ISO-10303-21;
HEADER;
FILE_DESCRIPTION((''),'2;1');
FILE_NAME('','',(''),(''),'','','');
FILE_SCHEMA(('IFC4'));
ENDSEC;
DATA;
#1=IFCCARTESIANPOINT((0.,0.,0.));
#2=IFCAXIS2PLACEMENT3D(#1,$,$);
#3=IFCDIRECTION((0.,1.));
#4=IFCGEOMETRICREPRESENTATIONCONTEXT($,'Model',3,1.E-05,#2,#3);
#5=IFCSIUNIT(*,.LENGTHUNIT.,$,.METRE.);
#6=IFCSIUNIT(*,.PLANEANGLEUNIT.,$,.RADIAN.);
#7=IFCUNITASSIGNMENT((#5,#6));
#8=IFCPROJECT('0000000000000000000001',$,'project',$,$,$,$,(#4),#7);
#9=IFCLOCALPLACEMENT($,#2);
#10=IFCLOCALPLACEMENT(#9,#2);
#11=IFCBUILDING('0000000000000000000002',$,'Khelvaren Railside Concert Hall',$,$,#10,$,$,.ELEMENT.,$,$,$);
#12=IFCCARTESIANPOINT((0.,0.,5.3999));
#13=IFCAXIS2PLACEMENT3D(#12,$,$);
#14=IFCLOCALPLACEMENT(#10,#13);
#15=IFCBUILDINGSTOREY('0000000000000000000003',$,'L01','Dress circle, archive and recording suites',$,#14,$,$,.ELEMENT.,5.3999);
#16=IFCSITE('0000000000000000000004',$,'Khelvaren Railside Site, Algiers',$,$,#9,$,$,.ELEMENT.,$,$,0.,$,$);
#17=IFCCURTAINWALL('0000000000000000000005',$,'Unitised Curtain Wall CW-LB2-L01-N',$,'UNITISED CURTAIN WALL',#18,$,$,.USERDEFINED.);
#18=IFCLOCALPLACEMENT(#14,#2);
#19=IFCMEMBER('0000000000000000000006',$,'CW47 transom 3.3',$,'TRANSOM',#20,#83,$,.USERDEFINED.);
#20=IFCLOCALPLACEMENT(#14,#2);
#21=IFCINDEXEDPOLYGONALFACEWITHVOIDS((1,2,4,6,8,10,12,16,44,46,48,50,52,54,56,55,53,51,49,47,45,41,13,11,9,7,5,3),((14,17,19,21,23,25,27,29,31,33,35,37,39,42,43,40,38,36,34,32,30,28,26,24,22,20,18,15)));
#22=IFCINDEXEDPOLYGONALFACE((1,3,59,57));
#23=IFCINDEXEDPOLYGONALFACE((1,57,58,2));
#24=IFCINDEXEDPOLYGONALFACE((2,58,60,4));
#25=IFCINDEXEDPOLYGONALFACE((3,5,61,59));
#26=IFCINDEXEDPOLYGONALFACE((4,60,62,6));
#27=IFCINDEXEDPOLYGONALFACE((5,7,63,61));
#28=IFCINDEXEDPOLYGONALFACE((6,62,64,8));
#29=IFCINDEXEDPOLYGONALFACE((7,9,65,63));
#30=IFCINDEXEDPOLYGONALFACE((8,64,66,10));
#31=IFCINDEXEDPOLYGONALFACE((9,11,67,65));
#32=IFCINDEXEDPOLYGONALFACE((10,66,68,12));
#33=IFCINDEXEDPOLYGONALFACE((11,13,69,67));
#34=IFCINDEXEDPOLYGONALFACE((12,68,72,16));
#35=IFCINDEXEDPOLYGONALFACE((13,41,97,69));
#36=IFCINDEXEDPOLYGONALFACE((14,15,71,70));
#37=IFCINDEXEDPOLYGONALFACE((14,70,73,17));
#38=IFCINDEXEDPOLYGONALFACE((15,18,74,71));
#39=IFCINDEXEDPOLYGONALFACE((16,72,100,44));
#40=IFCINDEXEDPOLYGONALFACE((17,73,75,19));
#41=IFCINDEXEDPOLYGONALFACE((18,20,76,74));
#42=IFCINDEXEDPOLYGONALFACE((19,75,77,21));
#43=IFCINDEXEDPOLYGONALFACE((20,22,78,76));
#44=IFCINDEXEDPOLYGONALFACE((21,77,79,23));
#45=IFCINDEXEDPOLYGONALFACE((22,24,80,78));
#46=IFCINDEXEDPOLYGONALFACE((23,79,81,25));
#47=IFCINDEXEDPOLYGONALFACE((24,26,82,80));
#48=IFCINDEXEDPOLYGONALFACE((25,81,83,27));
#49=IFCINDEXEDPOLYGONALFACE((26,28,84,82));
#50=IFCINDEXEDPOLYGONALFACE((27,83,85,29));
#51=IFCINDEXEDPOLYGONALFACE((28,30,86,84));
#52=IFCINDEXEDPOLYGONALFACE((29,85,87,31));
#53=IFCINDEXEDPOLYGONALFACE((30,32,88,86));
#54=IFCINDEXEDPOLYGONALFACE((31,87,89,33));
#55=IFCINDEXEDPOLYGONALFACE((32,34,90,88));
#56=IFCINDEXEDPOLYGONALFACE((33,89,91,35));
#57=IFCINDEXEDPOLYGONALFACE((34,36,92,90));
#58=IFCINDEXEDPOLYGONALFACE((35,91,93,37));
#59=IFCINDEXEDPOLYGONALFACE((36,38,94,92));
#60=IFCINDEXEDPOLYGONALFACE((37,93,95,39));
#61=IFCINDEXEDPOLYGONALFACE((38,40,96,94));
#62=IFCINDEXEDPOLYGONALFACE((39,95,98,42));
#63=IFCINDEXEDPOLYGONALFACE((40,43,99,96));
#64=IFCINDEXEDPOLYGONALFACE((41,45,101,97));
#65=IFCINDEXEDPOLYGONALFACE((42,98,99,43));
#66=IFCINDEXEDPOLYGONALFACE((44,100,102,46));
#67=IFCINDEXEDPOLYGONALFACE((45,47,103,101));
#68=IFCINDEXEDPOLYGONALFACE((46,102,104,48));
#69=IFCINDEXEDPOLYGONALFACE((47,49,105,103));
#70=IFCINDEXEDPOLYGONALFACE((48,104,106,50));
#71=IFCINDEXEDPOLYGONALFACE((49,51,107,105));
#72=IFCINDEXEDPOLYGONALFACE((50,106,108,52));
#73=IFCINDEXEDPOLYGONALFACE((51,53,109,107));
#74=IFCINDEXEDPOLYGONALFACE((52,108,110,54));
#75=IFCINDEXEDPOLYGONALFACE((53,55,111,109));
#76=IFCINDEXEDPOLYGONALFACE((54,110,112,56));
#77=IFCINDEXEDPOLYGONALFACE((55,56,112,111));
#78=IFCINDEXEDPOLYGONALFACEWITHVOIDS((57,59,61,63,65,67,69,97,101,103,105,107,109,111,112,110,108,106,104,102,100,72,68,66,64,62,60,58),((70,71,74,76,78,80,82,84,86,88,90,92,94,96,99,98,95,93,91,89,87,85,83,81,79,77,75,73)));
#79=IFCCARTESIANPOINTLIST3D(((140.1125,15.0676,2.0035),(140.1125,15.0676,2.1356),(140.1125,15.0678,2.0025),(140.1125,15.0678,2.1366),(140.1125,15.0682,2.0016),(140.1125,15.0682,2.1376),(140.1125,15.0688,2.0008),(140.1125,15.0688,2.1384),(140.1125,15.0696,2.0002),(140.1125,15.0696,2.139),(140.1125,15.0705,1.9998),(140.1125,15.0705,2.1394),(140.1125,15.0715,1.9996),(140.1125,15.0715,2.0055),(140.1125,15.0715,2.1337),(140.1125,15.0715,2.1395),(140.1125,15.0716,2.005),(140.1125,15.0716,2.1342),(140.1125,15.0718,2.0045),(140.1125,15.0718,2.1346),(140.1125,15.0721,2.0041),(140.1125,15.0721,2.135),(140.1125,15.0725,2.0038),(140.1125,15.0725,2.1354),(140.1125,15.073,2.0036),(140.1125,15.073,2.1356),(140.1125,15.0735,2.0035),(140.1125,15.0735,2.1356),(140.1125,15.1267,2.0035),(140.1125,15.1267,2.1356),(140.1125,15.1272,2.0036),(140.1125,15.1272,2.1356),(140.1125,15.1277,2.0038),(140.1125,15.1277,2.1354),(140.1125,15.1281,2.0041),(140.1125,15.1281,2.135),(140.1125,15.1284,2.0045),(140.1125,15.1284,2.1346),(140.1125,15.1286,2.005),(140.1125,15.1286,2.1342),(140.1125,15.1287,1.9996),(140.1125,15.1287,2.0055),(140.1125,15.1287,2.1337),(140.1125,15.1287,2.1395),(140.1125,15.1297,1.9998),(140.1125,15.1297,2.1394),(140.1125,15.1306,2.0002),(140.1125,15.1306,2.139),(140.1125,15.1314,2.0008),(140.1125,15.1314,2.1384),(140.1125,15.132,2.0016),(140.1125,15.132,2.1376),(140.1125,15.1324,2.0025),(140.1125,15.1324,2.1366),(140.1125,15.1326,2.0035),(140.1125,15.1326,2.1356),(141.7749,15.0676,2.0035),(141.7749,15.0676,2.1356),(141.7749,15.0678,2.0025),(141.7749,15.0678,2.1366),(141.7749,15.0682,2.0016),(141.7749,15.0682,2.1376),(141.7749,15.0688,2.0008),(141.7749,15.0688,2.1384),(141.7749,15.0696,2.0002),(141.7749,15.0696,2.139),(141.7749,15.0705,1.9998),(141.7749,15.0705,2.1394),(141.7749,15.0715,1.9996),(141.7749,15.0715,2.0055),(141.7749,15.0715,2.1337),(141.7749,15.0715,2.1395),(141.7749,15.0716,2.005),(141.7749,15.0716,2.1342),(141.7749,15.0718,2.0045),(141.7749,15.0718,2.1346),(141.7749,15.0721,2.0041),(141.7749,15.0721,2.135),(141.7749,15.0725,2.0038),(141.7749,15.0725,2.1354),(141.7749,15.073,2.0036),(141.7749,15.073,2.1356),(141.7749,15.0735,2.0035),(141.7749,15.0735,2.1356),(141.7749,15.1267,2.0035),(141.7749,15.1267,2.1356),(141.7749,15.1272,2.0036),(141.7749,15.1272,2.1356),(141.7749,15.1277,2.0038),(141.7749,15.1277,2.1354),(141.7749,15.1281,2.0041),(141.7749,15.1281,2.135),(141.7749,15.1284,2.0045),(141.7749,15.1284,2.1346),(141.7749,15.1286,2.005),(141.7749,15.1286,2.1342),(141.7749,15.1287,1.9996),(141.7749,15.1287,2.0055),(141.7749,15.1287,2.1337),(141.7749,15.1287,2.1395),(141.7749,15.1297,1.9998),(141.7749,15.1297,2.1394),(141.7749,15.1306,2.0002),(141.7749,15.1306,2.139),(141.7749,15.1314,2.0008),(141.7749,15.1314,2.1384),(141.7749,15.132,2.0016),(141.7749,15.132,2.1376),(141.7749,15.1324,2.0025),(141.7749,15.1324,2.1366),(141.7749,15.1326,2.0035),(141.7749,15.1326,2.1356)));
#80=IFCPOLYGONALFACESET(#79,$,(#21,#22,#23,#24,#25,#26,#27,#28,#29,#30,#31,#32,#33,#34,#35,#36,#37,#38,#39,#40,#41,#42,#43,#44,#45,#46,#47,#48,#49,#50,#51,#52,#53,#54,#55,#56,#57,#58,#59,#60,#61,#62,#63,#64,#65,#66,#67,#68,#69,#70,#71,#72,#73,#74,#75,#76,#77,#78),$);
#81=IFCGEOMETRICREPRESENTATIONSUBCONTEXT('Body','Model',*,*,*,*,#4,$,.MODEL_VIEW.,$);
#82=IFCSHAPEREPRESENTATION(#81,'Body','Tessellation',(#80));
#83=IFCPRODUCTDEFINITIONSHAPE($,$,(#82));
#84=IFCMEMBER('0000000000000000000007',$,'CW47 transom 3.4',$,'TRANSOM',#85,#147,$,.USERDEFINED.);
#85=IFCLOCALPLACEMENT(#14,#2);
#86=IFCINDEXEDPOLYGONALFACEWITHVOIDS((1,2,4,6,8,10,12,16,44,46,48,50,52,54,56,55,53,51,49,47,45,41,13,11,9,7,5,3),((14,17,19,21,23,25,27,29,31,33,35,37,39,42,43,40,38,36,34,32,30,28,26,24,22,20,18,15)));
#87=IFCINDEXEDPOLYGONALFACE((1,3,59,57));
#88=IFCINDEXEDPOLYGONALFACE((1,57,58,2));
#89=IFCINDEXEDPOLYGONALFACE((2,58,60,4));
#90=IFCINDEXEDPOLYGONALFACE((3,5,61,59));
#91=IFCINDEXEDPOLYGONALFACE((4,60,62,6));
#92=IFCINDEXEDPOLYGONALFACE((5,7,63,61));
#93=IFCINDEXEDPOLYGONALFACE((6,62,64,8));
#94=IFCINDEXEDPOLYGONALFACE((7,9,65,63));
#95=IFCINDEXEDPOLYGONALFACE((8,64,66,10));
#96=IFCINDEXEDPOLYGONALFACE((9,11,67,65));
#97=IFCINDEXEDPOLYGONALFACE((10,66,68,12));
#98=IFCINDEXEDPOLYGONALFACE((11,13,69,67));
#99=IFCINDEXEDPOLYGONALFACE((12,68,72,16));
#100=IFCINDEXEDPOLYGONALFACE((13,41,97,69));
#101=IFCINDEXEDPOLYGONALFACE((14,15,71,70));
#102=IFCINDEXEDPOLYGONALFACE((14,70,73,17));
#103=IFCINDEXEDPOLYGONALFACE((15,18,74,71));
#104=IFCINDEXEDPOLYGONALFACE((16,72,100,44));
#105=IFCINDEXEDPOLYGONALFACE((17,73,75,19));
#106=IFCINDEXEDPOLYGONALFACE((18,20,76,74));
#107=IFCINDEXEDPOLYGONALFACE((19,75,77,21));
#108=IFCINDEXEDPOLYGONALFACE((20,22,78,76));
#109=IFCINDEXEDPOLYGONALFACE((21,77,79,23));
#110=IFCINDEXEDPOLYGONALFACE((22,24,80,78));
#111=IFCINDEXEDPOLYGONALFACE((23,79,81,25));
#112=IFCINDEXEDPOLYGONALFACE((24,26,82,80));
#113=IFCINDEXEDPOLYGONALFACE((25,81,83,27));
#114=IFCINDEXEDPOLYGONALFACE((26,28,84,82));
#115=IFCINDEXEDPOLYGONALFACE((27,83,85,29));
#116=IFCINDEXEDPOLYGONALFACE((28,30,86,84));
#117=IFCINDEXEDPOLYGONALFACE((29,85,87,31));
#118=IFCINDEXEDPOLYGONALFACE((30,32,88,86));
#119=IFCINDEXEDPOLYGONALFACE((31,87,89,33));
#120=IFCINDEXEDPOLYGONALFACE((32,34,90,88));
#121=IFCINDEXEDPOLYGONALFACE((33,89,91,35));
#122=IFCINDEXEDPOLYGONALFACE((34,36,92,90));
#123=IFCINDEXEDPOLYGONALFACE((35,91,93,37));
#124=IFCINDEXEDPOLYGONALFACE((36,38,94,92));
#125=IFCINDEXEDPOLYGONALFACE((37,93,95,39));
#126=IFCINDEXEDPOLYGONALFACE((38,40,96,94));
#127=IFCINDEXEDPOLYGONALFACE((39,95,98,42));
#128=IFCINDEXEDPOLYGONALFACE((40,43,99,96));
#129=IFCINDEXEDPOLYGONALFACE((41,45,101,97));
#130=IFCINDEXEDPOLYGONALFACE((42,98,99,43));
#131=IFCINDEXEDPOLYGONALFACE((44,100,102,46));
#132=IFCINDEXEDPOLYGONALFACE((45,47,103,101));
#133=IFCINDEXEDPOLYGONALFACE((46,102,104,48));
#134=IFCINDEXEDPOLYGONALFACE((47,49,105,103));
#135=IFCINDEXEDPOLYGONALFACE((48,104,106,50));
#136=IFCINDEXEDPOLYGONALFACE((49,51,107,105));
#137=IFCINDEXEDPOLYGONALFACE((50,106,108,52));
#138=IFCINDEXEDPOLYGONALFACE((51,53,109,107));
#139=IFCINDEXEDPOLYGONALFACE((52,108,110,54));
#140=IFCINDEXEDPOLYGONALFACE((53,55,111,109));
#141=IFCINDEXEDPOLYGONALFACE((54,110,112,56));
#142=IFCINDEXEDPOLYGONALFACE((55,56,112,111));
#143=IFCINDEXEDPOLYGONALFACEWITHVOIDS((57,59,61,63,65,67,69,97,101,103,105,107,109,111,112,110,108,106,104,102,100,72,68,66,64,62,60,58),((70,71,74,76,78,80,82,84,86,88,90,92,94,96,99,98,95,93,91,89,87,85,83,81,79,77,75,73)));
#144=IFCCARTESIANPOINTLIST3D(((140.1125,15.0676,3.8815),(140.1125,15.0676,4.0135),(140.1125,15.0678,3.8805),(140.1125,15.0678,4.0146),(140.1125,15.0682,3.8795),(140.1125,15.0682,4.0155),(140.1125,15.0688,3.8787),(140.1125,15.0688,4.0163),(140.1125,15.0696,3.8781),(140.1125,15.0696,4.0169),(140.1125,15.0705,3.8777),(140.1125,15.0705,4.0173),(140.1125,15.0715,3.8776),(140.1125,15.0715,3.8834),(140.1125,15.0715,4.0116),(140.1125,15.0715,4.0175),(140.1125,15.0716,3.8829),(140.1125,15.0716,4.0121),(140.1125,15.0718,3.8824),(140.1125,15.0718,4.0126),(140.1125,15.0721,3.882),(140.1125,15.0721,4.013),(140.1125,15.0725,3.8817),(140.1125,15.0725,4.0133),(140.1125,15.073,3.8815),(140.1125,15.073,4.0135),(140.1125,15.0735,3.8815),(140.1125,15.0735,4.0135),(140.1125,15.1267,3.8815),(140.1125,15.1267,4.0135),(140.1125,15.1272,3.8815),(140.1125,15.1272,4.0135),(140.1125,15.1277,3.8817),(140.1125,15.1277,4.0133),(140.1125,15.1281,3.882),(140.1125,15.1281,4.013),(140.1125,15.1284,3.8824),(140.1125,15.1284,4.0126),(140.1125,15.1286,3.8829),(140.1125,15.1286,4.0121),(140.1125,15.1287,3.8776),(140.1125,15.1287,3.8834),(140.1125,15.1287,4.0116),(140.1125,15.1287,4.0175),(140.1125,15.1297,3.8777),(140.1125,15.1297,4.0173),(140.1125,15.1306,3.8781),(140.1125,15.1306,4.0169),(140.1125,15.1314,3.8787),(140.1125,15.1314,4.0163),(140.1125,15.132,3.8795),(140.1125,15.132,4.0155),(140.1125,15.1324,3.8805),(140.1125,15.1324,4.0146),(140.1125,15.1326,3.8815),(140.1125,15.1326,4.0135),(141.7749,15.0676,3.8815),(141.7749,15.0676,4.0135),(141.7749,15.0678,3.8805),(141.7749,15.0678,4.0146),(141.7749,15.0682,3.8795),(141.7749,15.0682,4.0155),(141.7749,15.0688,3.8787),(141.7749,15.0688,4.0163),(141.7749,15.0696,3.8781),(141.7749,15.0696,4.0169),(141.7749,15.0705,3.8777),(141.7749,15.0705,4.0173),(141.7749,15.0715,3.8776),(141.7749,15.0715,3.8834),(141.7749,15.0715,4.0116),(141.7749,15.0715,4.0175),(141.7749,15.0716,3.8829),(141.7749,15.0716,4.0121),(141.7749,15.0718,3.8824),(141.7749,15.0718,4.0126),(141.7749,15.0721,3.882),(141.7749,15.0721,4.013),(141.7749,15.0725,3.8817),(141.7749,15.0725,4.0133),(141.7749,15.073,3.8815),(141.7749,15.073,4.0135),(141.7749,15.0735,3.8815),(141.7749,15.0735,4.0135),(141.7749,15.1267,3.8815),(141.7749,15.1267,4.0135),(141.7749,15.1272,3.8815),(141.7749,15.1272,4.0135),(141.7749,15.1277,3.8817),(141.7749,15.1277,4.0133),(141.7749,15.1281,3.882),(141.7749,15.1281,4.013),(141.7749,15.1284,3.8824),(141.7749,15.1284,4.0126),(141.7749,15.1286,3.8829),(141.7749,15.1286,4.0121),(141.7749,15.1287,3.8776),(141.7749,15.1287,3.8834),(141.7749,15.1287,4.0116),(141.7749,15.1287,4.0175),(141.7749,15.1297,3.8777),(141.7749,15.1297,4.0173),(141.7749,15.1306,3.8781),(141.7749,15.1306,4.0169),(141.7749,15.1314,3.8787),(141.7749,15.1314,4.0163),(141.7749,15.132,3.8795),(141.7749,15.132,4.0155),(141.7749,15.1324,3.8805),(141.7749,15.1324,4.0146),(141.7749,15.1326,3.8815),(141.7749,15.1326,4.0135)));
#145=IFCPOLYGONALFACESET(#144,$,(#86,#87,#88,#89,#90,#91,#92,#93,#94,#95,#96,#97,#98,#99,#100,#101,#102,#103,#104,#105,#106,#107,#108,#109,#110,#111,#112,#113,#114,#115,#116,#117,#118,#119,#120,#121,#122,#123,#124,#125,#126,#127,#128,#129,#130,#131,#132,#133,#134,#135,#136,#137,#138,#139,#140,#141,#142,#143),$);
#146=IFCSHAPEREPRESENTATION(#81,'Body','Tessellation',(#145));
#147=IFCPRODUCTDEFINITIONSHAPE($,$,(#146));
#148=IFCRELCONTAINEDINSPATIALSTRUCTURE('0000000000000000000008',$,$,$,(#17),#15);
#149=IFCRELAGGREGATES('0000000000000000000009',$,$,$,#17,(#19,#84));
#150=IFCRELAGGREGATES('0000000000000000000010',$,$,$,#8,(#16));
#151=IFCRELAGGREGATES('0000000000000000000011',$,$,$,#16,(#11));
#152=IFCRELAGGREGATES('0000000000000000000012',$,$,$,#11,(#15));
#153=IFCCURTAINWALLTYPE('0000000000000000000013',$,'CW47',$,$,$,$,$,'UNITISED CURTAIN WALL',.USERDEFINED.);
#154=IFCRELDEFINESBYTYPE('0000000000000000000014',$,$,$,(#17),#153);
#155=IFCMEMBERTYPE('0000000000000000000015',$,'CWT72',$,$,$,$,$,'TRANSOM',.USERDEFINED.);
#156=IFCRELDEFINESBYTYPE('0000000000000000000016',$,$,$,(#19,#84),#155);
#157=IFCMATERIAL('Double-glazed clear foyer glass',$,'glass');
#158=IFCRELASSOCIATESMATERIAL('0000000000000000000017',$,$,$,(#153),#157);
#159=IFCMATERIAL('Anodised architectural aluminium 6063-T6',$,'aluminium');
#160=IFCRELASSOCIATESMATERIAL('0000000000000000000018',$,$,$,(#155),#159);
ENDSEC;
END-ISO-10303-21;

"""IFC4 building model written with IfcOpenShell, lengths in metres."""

from ifc_helpers import new_model, si_unit, direction, frame, origin, origin_2d, place, context, subcontext, project, spatial, hollow_rectangle, extrude, material, material_profile, profile_set, type_object, element, aggregate, save


model = new_model("IFC4")

# Units and contexts
model_context = context("Model", 3, precision=1e-05, world=origin(), true_north=direction((0.0, 1.0)))
body_context = subcontext(model_context, "Body", "Model", "MODEL_VIEW")
ifc_project = project(units=[si_unit("LENGTHUNIT", "METRE"), si_unit("PLANEANGLEUNIT", "RADIAN")], contexts=[model_context])

# Site, building, storey
site_placement = place(None, origin())
site = spatial("IfcSite", under=ifc_project, at=site_placement, Name="Khelvaren Railside Site, Algiers", CompositionType="ELEMENT", RefElevation=0.0)
building_placement = place(site_placement, origin())
building = spatial("IfcBuilding", under=site, at=building_placement, Name="Khelvaren Railside Concert Hall", CompositionType="ELEMENT")
storey_placement = place(building_placement, frame((0.0, 0.0, 5.3999)))
storey = spatial("IfcBuildingStorey", under=building, at=storey_placement, Name="L01", Description="Dress circle, archive and recording suites", CompositionType="ELEMENT", Elevation=5.3999)

# Shared definitions
ifc_material_1 = material(Name="Anodised architectural aluminium 6063-T6", Category="aluminium")

# Curtain wall
ifc_material_2 = material(Name="Double-glazed clear foyer glass", Category="glass")
curtain_wall_type_1 = type_object("IfcCurtainWallType", Name="CW47", ElementType="UNITISED CURTAIN WALL", PredefinedType="USERDEFINED", material=ifc_material_2)
curtain_wall_1_placement = place(storey_placement, origin())
curtain_wall_1 = element("IfcCurtainWall", 1, at=curtain_wall_1_placement, inside=storey, type_object=curtain_wall_type_1, Name="Unitised Curtain Wall CW-LB2-L01-N", ObjectType="UNITISED CURTAIN WALL", PredefinedType="USERDEFINED")

# Members
ifc_material_profile_1 = material_profile(ifc_material_1, hollow_rectangle(XDim=0.0649, YDim=0.1399, WallThickness=0.0039, InnerFilletRadius=0.002, OuterFilletRadius=0.0039, at=origin_2d()), Name="CWT 65x140x4")
ifc_profile_set_1 = profile_set([ifc_material_profile_1], Name="Anodised architectural aluminium 6063-T6")
member_type_1 = type_object("IfcMemberType", Name="CWT72", ElementType="TRANSOM", PredefinedType="USERDEFINED", material=ifc_profile_set_1)
member_1_placement = place(storey_placement, frame((140.1125, 15.1001, 2.0696), z_axis=(1.0, 0.0, 0.0), x_axis=(0.0, 1.0, 0.0)))
member_1 = element("IfcMember", 2, at=member_1_placement, type_object=member_type_1, Name="CW47 transom 3.3", ObjectType="TRANSOM", PredefinedType="USERDEFINED", context=body_context, shape_type="SweptSolid", body=[
    extrude(hollow_rectangle(XDim=0.0649, YDim=0.1399, WallThickness=0.0039, InnerFilletRadius=0.002, OuterFilletRadius=0.0039, at=origin_2d()), origin(), (0.0, 0.0, 1.0), 1.6624),
])
member_2_placement = place(storey_placement, frame((140.1125, 15.1001, 3.9475), z_axis=(1.0, 0.0, 0.0), x_axis=(0.0, 1.0, 0.0)))
member_2 = element("IfcMember", 3, at=member_2_placement, type_object=member_type_1, Name="CW47 transom 3.4", ObjectType="TRANSOM", PredefinedType="USERDEFINED", context=body_context, shape_type="SweptSolid", body=[
    extrude(hollow_rectangle(XDim=0.0649, YDim=0.1399, WallThickness=0.0039, InnerFilletRadius=0.002, OuterFilletRadius=0.0039, at=origin_2d()), origin(), (0.0, 0.0, 1.0), 1.6624),
])

aggregate(curtain_wall_1, [member_1, member_2])

save(model, "model.ifc")
